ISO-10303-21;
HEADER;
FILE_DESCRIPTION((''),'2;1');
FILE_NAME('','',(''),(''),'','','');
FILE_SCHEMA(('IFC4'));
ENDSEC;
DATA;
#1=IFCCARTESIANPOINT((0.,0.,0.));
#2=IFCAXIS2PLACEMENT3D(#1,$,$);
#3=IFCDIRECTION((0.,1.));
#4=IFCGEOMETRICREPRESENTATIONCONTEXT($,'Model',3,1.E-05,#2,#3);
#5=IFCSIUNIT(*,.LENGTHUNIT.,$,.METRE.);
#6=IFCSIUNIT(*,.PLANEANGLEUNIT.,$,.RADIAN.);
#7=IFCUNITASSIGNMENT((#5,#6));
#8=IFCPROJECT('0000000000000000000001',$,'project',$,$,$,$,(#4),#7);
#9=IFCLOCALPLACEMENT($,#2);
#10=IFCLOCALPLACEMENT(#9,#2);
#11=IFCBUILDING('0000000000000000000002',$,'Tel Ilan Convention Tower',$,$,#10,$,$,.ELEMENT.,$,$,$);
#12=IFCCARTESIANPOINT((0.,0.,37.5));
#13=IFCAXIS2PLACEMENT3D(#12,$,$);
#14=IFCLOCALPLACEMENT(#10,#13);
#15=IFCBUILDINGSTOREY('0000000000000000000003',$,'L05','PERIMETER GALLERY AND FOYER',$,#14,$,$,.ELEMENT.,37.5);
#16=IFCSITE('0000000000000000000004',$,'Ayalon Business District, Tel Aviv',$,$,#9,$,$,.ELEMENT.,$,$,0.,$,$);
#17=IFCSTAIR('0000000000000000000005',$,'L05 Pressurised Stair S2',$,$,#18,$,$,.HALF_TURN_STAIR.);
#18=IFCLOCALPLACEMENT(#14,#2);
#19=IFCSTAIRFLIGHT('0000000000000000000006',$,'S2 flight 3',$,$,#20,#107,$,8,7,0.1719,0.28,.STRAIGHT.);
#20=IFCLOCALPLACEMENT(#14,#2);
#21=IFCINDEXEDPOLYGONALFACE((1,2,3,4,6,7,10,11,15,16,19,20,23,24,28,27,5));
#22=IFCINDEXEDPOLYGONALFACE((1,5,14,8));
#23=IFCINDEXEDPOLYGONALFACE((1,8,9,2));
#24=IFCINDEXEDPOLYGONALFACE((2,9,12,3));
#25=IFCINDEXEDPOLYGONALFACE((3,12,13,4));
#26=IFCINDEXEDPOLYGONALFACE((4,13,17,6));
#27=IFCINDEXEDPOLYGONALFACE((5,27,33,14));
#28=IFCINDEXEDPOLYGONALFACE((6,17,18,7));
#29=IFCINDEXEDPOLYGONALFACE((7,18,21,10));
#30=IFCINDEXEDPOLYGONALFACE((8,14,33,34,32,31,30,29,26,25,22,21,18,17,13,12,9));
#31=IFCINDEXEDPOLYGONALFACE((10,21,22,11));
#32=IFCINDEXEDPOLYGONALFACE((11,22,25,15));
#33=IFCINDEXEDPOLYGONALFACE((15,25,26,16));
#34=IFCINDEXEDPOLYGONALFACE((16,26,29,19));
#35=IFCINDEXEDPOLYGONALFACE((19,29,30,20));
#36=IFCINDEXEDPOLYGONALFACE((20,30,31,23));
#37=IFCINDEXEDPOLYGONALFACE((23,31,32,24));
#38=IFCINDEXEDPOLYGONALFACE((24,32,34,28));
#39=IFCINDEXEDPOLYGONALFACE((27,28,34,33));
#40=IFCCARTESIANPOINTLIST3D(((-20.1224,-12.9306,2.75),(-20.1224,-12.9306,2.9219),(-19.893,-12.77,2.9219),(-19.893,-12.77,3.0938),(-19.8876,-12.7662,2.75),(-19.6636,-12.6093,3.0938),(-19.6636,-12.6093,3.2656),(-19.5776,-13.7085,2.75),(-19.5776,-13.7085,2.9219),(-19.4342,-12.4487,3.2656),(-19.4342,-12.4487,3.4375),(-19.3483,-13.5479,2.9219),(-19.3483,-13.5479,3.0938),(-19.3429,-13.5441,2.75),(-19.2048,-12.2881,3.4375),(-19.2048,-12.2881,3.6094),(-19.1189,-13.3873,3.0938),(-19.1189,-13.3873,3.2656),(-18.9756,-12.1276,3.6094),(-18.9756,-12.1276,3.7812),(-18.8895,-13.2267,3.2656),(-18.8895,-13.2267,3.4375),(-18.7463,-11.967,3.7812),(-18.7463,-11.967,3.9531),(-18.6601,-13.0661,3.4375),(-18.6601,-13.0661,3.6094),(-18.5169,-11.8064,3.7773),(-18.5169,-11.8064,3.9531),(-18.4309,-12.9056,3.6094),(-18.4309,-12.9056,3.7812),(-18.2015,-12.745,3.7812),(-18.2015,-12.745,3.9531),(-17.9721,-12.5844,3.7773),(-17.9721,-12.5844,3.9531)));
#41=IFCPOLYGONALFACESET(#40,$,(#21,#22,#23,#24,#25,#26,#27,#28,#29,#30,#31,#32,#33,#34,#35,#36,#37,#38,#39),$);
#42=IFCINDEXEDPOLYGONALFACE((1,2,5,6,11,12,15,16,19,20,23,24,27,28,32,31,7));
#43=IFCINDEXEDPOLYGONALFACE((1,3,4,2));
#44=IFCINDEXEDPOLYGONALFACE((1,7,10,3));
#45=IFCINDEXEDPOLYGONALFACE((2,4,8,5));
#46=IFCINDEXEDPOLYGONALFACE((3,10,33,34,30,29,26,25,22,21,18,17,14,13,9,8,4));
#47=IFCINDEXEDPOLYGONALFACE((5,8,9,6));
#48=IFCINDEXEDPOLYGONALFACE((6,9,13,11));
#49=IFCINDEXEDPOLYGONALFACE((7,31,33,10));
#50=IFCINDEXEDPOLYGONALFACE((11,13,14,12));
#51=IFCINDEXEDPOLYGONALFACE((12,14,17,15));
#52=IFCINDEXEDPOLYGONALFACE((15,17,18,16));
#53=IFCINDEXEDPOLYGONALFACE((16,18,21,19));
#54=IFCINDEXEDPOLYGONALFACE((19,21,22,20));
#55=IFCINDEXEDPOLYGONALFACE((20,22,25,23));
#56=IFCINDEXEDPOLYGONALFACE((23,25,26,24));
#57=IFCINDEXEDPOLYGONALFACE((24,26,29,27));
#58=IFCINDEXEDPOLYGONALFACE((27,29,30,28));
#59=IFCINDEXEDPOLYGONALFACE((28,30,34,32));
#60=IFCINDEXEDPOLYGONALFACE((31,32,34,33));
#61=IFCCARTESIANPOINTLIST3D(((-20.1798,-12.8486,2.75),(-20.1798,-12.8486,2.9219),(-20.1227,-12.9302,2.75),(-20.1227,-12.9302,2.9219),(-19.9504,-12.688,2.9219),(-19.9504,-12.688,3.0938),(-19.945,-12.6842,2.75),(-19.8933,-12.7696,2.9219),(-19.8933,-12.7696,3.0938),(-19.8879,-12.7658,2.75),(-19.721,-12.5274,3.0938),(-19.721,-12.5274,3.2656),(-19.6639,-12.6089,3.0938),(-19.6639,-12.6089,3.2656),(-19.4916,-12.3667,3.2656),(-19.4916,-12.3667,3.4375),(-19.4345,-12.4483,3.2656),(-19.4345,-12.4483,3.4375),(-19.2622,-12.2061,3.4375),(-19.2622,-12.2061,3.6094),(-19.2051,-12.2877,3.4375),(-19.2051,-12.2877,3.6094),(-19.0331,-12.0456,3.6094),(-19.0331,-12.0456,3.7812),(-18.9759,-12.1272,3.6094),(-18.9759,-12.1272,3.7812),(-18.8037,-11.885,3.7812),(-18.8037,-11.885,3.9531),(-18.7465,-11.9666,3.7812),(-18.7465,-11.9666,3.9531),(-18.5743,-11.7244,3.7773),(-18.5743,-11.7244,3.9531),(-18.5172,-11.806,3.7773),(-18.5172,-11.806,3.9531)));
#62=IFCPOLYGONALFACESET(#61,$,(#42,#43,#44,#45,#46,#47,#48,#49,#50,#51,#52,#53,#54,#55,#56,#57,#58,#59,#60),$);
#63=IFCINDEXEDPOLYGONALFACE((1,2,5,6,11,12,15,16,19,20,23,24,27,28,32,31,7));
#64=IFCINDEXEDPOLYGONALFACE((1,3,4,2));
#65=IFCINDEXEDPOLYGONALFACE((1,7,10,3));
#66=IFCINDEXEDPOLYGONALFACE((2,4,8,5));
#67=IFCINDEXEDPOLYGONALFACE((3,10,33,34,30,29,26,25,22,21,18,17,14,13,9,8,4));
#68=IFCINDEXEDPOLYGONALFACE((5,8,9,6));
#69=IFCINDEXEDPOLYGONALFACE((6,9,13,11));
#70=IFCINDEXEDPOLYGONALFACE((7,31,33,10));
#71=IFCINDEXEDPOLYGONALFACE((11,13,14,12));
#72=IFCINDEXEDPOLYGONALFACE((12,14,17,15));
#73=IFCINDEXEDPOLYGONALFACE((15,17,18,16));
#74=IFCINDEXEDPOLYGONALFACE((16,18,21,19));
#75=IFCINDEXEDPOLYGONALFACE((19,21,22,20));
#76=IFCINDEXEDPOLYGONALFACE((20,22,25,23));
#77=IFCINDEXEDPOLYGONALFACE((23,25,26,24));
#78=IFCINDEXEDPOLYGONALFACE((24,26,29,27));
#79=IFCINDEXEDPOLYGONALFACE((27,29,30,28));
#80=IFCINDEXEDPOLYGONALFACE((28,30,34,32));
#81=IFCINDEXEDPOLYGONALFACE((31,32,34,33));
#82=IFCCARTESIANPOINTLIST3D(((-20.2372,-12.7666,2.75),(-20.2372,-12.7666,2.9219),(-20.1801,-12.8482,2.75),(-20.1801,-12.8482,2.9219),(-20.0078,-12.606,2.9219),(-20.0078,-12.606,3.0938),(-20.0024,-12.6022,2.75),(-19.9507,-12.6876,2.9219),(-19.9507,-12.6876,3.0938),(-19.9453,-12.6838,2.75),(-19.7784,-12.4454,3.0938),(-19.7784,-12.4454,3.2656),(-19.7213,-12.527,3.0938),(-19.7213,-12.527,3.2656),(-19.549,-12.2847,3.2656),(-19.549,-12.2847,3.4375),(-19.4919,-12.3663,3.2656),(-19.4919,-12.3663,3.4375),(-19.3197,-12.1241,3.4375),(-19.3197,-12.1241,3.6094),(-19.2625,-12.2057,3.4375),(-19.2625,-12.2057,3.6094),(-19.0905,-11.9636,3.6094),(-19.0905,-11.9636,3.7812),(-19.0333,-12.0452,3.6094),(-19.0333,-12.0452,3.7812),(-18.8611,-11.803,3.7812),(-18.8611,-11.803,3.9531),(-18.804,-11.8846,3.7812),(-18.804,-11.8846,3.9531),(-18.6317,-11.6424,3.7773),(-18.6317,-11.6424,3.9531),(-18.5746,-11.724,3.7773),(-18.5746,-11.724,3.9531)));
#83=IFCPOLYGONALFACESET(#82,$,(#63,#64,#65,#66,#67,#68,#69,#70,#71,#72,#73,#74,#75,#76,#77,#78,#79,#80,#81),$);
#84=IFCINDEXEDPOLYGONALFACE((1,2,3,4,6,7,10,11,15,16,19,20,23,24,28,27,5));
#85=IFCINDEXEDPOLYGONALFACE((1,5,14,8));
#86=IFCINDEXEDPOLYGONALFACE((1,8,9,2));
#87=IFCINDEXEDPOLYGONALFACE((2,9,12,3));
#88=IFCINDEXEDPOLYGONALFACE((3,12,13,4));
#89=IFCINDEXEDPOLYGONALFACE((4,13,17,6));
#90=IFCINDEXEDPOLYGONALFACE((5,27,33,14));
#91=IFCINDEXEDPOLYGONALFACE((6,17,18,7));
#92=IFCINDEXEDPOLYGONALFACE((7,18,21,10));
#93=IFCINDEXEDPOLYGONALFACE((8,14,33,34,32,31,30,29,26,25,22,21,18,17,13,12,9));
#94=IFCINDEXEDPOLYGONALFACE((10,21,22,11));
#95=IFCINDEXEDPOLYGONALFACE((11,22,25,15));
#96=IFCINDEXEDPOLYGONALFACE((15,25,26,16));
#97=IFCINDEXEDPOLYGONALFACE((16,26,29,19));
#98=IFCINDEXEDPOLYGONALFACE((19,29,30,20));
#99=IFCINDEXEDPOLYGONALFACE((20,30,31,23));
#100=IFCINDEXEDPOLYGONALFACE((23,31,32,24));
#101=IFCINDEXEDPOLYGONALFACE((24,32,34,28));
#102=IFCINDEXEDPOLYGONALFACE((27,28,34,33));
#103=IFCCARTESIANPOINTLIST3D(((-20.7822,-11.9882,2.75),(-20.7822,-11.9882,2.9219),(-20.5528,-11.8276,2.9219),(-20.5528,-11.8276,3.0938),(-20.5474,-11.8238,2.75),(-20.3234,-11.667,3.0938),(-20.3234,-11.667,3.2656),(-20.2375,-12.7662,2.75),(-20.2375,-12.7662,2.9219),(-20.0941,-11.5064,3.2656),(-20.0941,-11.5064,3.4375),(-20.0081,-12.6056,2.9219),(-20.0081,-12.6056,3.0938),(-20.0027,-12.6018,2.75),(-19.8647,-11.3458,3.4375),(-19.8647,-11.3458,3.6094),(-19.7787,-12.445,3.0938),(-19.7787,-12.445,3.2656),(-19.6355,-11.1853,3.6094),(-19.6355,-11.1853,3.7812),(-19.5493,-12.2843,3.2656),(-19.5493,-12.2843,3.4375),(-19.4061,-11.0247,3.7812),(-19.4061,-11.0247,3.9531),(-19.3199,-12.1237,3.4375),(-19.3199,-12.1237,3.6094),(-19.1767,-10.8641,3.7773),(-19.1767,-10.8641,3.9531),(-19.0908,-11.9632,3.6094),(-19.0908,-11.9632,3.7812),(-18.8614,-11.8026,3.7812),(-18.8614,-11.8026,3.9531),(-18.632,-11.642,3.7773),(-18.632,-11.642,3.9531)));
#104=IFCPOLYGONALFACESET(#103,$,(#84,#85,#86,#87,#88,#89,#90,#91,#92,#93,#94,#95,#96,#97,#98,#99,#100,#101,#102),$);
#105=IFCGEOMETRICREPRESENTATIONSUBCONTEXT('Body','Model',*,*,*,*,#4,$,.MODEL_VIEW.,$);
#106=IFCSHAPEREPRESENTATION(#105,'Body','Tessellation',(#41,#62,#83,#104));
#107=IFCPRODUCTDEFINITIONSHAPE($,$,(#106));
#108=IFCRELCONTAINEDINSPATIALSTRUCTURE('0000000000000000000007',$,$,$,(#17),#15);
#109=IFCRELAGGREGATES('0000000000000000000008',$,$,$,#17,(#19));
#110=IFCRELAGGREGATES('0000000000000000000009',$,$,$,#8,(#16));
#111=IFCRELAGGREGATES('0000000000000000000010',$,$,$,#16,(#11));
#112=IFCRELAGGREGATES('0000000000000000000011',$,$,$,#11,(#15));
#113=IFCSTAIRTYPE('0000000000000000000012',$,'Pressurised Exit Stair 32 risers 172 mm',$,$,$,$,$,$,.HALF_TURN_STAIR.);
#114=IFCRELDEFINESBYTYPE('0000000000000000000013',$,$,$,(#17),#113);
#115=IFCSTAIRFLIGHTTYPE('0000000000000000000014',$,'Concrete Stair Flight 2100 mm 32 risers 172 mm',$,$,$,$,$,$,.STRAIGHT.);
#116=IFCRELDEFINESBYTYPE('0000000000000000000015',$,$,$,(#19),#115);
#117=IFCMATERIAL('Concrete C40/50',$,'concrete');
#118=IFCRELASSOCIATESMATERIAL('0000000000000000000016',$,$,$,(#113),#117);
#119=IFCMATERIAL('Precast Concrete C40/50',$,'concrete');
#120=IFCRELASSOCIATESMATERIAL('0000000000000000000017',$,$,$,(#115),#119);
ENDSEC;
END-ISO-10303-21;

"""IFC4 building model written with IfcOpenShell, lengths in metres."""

from ifc_helpers import new_model, si_unit, direction, frame, origin, place, context, subcontext, project, spatial, polyline, outline, extrude, material, type_object, element, aggregate, save


model = new_model("IFC4")

# Units and contexts
model_context = context("Model", 3, precision=1e-05, world=origin(), true_north=direction((0.0, 1.0)))
body_context = subcontext(model_context, "Body", "Model", "MODEL_VIEW")
ifc_project = project(units=[si_unit("LENGTHUNIT", "METRE"), si_unit("PLANEANGLEUNIT", "RADIAN")], contexts=[model_context])

# Site, building, storey
site_placement = place(None, origin())
site = spatial("IfcSite", under=ifc_project, at=site_placement, Name="Ayalon Business District, Tel Aviv", CompositionType="ELEMENT", RefElevation=0.0)
building_placement = place(site_placement, origin())
building = spatial("IfcBuilding", under=site, at=building_placement, Name="Tel Ilan Convention Tower", CompositionType="ELEMENT")
storey_placement = place(building_placement, frame((0.0, 0.0, 37.5)))
storey = spatial("IfcBuildingStorey", under=building, at=storey_placement, Name="L05", Description="PERIMETER GALLERY AND FOYER", CompositionType="ELEMENT", Elevation=37.5)

# Stair, stair flight
ifc_material_1 = material(Name="Concrete C40/50", Category="concrete")
stair_type = type_object("IfcStairType", Name="Pressurised Exit Stair 32 risers 172 mm", PredefinedType="HALF_TURN_STAIR", material=ifc_material_1)
stair_placement = place(storey_placement, origin())
stair = element("IfcStair", 1, at=stair_placement, inside=storey, type_object=stair_type, Name="L05 Pressurised Stair S2", PredefinedType="HALF_TURN_STAIR")
ifc_material_2 = material(Name="Precast Concrete C40/50", Category="concrete")
stair_flight_type = type_object("IfcStairFlightType", Name="Concrete Stair Flight 2100 mm 32 risers 172 mm", PredefinedType="STRAIGHT", material=ifc_material_2)
stair_flight_1_placement = place(storey_placement, frame((-20.1799, -12.8484, 2.75), z_axis=(0.0, 0.0, 1.0), x_axis=(0.819152, 0.573576, 0.0)))
stair_flight_1 = element("IfcStairFlight", 2, at=stair_flight_1_placement, type_object=stair_flight_type, Name="S2 flight 3", NumberOfRisers=8, NumberOfTreads=7, PredefinedType="STRAIGHT", RiserHeight=0.1719, TreadLength=0.28, context=body_context, shape_type="SweptSolid", body=[
    extrude(outline(polyline([(0.0, 0.0), (0.0, 0.1719), (0.28, 0.1719), (0.28, 0.3438), (0.5601, 0.3438), (0.5601, 0.5156), (0.8401, 0.5156), (0.8401, 0.6875), (1.1201, 0.6875), (1.1201, 0.8594), (1.3999, 0.8594), (1.3999, 1.0312), (1.6799, 1.0312), (1.6799, 1.2031), (1.96, 1.2031), (1.96, 1.375), (1.96, 1.0273), (0.2866, 0.0), (0.0, 0.0)])), frame((0.0, -0.1003, 0.0), z_axis=(0.0, -1.0, 0.0), x_axis=(1.0, 0.0, 0.0)), (0.0, 0.0, 1.0), 0.9497),
    extrude(outline(polyline([(0.0, 0.0), (0.0, 0.1719), (0.28, 0.1719), (0.28, 0.3438), (0.5601, 0.3438), (0.5601, 0.5156), (0.8401, 0.5156), (0.8401, 0.6875), (1.1201, 0.6875), (1.1201, 0.8594), (1.3999, 0.8594), (1.3999, 1.0312), (1.6799, 1.0312), (1.6799, 1.2031), (1.96, 1.2031), (1.96, 1.375), (1.96, 1.0273), (0.2866, 0.0), (0.0, 0.0)])), frame((0.0, -0.0002, 0.0), z_axis=(0.0, -1.0, 0.0), x_axis=(1.0, 0.0, 0.0)), (0.0, 0.0, 1.0), 0.0996),
    extrude(outline(polyline([(0.0, 0.0), (0.0, 0.1719), (0.28, 0.1719), (0.28, 0.3438), (0.5601, 0.3438), (0.5601, 0.5156), (0.8401, 0.5156), (0.8401, 0.6875), (1.1201, 0.6875), (1.1201, 0.8594), (1.3999, 0.8594), (1.3999, 1.0312), (1.6799, 1.0312), (1.6799, 1.2031), (1.96, 1.2031), (1.96, 1.375), (1.96, 1.0273), (0.2866, 0.0), (0.0, 0.0)])), frame((0.0, 0.0999, 0.0), z_axis=(0.0, -1.0, 0.0), x_axis=(1.0, 0.0, 0.0)), (0.0, 0.0, 1.0), 0.0996),
    extrude(outline(polyline([(0.0, 0.0), (0.0, 0.1719), (0.28, 0.1719), (0.28, 0.3438), (0.5601, 0.3438), (0.5601, 0.5156), (0.8401, 0.5156), (0.8401, 0.6875), (1.1201, 0.6875), (1.1201, 0.8594), (1.3999, 0.8594), (1.3999, 1.0312), (1.6799, 1.0312), (1.6799, 1.2031), (1.96, 1.2031), (1.96, 1.375), (1.96, 1.0273), (0.2866, 0.0), (0.0, 0.0)])), frame((0.0, 1.05, 0.0), z_axis=(0.0, -1.0, 0.0), x_axis=(1.0, 0.0, 0.0)), (0.0, 0.0, 1.0), 0.9497),
])
aggregate(stair, [stair_flight_1])

save(model, "model.ifc")
